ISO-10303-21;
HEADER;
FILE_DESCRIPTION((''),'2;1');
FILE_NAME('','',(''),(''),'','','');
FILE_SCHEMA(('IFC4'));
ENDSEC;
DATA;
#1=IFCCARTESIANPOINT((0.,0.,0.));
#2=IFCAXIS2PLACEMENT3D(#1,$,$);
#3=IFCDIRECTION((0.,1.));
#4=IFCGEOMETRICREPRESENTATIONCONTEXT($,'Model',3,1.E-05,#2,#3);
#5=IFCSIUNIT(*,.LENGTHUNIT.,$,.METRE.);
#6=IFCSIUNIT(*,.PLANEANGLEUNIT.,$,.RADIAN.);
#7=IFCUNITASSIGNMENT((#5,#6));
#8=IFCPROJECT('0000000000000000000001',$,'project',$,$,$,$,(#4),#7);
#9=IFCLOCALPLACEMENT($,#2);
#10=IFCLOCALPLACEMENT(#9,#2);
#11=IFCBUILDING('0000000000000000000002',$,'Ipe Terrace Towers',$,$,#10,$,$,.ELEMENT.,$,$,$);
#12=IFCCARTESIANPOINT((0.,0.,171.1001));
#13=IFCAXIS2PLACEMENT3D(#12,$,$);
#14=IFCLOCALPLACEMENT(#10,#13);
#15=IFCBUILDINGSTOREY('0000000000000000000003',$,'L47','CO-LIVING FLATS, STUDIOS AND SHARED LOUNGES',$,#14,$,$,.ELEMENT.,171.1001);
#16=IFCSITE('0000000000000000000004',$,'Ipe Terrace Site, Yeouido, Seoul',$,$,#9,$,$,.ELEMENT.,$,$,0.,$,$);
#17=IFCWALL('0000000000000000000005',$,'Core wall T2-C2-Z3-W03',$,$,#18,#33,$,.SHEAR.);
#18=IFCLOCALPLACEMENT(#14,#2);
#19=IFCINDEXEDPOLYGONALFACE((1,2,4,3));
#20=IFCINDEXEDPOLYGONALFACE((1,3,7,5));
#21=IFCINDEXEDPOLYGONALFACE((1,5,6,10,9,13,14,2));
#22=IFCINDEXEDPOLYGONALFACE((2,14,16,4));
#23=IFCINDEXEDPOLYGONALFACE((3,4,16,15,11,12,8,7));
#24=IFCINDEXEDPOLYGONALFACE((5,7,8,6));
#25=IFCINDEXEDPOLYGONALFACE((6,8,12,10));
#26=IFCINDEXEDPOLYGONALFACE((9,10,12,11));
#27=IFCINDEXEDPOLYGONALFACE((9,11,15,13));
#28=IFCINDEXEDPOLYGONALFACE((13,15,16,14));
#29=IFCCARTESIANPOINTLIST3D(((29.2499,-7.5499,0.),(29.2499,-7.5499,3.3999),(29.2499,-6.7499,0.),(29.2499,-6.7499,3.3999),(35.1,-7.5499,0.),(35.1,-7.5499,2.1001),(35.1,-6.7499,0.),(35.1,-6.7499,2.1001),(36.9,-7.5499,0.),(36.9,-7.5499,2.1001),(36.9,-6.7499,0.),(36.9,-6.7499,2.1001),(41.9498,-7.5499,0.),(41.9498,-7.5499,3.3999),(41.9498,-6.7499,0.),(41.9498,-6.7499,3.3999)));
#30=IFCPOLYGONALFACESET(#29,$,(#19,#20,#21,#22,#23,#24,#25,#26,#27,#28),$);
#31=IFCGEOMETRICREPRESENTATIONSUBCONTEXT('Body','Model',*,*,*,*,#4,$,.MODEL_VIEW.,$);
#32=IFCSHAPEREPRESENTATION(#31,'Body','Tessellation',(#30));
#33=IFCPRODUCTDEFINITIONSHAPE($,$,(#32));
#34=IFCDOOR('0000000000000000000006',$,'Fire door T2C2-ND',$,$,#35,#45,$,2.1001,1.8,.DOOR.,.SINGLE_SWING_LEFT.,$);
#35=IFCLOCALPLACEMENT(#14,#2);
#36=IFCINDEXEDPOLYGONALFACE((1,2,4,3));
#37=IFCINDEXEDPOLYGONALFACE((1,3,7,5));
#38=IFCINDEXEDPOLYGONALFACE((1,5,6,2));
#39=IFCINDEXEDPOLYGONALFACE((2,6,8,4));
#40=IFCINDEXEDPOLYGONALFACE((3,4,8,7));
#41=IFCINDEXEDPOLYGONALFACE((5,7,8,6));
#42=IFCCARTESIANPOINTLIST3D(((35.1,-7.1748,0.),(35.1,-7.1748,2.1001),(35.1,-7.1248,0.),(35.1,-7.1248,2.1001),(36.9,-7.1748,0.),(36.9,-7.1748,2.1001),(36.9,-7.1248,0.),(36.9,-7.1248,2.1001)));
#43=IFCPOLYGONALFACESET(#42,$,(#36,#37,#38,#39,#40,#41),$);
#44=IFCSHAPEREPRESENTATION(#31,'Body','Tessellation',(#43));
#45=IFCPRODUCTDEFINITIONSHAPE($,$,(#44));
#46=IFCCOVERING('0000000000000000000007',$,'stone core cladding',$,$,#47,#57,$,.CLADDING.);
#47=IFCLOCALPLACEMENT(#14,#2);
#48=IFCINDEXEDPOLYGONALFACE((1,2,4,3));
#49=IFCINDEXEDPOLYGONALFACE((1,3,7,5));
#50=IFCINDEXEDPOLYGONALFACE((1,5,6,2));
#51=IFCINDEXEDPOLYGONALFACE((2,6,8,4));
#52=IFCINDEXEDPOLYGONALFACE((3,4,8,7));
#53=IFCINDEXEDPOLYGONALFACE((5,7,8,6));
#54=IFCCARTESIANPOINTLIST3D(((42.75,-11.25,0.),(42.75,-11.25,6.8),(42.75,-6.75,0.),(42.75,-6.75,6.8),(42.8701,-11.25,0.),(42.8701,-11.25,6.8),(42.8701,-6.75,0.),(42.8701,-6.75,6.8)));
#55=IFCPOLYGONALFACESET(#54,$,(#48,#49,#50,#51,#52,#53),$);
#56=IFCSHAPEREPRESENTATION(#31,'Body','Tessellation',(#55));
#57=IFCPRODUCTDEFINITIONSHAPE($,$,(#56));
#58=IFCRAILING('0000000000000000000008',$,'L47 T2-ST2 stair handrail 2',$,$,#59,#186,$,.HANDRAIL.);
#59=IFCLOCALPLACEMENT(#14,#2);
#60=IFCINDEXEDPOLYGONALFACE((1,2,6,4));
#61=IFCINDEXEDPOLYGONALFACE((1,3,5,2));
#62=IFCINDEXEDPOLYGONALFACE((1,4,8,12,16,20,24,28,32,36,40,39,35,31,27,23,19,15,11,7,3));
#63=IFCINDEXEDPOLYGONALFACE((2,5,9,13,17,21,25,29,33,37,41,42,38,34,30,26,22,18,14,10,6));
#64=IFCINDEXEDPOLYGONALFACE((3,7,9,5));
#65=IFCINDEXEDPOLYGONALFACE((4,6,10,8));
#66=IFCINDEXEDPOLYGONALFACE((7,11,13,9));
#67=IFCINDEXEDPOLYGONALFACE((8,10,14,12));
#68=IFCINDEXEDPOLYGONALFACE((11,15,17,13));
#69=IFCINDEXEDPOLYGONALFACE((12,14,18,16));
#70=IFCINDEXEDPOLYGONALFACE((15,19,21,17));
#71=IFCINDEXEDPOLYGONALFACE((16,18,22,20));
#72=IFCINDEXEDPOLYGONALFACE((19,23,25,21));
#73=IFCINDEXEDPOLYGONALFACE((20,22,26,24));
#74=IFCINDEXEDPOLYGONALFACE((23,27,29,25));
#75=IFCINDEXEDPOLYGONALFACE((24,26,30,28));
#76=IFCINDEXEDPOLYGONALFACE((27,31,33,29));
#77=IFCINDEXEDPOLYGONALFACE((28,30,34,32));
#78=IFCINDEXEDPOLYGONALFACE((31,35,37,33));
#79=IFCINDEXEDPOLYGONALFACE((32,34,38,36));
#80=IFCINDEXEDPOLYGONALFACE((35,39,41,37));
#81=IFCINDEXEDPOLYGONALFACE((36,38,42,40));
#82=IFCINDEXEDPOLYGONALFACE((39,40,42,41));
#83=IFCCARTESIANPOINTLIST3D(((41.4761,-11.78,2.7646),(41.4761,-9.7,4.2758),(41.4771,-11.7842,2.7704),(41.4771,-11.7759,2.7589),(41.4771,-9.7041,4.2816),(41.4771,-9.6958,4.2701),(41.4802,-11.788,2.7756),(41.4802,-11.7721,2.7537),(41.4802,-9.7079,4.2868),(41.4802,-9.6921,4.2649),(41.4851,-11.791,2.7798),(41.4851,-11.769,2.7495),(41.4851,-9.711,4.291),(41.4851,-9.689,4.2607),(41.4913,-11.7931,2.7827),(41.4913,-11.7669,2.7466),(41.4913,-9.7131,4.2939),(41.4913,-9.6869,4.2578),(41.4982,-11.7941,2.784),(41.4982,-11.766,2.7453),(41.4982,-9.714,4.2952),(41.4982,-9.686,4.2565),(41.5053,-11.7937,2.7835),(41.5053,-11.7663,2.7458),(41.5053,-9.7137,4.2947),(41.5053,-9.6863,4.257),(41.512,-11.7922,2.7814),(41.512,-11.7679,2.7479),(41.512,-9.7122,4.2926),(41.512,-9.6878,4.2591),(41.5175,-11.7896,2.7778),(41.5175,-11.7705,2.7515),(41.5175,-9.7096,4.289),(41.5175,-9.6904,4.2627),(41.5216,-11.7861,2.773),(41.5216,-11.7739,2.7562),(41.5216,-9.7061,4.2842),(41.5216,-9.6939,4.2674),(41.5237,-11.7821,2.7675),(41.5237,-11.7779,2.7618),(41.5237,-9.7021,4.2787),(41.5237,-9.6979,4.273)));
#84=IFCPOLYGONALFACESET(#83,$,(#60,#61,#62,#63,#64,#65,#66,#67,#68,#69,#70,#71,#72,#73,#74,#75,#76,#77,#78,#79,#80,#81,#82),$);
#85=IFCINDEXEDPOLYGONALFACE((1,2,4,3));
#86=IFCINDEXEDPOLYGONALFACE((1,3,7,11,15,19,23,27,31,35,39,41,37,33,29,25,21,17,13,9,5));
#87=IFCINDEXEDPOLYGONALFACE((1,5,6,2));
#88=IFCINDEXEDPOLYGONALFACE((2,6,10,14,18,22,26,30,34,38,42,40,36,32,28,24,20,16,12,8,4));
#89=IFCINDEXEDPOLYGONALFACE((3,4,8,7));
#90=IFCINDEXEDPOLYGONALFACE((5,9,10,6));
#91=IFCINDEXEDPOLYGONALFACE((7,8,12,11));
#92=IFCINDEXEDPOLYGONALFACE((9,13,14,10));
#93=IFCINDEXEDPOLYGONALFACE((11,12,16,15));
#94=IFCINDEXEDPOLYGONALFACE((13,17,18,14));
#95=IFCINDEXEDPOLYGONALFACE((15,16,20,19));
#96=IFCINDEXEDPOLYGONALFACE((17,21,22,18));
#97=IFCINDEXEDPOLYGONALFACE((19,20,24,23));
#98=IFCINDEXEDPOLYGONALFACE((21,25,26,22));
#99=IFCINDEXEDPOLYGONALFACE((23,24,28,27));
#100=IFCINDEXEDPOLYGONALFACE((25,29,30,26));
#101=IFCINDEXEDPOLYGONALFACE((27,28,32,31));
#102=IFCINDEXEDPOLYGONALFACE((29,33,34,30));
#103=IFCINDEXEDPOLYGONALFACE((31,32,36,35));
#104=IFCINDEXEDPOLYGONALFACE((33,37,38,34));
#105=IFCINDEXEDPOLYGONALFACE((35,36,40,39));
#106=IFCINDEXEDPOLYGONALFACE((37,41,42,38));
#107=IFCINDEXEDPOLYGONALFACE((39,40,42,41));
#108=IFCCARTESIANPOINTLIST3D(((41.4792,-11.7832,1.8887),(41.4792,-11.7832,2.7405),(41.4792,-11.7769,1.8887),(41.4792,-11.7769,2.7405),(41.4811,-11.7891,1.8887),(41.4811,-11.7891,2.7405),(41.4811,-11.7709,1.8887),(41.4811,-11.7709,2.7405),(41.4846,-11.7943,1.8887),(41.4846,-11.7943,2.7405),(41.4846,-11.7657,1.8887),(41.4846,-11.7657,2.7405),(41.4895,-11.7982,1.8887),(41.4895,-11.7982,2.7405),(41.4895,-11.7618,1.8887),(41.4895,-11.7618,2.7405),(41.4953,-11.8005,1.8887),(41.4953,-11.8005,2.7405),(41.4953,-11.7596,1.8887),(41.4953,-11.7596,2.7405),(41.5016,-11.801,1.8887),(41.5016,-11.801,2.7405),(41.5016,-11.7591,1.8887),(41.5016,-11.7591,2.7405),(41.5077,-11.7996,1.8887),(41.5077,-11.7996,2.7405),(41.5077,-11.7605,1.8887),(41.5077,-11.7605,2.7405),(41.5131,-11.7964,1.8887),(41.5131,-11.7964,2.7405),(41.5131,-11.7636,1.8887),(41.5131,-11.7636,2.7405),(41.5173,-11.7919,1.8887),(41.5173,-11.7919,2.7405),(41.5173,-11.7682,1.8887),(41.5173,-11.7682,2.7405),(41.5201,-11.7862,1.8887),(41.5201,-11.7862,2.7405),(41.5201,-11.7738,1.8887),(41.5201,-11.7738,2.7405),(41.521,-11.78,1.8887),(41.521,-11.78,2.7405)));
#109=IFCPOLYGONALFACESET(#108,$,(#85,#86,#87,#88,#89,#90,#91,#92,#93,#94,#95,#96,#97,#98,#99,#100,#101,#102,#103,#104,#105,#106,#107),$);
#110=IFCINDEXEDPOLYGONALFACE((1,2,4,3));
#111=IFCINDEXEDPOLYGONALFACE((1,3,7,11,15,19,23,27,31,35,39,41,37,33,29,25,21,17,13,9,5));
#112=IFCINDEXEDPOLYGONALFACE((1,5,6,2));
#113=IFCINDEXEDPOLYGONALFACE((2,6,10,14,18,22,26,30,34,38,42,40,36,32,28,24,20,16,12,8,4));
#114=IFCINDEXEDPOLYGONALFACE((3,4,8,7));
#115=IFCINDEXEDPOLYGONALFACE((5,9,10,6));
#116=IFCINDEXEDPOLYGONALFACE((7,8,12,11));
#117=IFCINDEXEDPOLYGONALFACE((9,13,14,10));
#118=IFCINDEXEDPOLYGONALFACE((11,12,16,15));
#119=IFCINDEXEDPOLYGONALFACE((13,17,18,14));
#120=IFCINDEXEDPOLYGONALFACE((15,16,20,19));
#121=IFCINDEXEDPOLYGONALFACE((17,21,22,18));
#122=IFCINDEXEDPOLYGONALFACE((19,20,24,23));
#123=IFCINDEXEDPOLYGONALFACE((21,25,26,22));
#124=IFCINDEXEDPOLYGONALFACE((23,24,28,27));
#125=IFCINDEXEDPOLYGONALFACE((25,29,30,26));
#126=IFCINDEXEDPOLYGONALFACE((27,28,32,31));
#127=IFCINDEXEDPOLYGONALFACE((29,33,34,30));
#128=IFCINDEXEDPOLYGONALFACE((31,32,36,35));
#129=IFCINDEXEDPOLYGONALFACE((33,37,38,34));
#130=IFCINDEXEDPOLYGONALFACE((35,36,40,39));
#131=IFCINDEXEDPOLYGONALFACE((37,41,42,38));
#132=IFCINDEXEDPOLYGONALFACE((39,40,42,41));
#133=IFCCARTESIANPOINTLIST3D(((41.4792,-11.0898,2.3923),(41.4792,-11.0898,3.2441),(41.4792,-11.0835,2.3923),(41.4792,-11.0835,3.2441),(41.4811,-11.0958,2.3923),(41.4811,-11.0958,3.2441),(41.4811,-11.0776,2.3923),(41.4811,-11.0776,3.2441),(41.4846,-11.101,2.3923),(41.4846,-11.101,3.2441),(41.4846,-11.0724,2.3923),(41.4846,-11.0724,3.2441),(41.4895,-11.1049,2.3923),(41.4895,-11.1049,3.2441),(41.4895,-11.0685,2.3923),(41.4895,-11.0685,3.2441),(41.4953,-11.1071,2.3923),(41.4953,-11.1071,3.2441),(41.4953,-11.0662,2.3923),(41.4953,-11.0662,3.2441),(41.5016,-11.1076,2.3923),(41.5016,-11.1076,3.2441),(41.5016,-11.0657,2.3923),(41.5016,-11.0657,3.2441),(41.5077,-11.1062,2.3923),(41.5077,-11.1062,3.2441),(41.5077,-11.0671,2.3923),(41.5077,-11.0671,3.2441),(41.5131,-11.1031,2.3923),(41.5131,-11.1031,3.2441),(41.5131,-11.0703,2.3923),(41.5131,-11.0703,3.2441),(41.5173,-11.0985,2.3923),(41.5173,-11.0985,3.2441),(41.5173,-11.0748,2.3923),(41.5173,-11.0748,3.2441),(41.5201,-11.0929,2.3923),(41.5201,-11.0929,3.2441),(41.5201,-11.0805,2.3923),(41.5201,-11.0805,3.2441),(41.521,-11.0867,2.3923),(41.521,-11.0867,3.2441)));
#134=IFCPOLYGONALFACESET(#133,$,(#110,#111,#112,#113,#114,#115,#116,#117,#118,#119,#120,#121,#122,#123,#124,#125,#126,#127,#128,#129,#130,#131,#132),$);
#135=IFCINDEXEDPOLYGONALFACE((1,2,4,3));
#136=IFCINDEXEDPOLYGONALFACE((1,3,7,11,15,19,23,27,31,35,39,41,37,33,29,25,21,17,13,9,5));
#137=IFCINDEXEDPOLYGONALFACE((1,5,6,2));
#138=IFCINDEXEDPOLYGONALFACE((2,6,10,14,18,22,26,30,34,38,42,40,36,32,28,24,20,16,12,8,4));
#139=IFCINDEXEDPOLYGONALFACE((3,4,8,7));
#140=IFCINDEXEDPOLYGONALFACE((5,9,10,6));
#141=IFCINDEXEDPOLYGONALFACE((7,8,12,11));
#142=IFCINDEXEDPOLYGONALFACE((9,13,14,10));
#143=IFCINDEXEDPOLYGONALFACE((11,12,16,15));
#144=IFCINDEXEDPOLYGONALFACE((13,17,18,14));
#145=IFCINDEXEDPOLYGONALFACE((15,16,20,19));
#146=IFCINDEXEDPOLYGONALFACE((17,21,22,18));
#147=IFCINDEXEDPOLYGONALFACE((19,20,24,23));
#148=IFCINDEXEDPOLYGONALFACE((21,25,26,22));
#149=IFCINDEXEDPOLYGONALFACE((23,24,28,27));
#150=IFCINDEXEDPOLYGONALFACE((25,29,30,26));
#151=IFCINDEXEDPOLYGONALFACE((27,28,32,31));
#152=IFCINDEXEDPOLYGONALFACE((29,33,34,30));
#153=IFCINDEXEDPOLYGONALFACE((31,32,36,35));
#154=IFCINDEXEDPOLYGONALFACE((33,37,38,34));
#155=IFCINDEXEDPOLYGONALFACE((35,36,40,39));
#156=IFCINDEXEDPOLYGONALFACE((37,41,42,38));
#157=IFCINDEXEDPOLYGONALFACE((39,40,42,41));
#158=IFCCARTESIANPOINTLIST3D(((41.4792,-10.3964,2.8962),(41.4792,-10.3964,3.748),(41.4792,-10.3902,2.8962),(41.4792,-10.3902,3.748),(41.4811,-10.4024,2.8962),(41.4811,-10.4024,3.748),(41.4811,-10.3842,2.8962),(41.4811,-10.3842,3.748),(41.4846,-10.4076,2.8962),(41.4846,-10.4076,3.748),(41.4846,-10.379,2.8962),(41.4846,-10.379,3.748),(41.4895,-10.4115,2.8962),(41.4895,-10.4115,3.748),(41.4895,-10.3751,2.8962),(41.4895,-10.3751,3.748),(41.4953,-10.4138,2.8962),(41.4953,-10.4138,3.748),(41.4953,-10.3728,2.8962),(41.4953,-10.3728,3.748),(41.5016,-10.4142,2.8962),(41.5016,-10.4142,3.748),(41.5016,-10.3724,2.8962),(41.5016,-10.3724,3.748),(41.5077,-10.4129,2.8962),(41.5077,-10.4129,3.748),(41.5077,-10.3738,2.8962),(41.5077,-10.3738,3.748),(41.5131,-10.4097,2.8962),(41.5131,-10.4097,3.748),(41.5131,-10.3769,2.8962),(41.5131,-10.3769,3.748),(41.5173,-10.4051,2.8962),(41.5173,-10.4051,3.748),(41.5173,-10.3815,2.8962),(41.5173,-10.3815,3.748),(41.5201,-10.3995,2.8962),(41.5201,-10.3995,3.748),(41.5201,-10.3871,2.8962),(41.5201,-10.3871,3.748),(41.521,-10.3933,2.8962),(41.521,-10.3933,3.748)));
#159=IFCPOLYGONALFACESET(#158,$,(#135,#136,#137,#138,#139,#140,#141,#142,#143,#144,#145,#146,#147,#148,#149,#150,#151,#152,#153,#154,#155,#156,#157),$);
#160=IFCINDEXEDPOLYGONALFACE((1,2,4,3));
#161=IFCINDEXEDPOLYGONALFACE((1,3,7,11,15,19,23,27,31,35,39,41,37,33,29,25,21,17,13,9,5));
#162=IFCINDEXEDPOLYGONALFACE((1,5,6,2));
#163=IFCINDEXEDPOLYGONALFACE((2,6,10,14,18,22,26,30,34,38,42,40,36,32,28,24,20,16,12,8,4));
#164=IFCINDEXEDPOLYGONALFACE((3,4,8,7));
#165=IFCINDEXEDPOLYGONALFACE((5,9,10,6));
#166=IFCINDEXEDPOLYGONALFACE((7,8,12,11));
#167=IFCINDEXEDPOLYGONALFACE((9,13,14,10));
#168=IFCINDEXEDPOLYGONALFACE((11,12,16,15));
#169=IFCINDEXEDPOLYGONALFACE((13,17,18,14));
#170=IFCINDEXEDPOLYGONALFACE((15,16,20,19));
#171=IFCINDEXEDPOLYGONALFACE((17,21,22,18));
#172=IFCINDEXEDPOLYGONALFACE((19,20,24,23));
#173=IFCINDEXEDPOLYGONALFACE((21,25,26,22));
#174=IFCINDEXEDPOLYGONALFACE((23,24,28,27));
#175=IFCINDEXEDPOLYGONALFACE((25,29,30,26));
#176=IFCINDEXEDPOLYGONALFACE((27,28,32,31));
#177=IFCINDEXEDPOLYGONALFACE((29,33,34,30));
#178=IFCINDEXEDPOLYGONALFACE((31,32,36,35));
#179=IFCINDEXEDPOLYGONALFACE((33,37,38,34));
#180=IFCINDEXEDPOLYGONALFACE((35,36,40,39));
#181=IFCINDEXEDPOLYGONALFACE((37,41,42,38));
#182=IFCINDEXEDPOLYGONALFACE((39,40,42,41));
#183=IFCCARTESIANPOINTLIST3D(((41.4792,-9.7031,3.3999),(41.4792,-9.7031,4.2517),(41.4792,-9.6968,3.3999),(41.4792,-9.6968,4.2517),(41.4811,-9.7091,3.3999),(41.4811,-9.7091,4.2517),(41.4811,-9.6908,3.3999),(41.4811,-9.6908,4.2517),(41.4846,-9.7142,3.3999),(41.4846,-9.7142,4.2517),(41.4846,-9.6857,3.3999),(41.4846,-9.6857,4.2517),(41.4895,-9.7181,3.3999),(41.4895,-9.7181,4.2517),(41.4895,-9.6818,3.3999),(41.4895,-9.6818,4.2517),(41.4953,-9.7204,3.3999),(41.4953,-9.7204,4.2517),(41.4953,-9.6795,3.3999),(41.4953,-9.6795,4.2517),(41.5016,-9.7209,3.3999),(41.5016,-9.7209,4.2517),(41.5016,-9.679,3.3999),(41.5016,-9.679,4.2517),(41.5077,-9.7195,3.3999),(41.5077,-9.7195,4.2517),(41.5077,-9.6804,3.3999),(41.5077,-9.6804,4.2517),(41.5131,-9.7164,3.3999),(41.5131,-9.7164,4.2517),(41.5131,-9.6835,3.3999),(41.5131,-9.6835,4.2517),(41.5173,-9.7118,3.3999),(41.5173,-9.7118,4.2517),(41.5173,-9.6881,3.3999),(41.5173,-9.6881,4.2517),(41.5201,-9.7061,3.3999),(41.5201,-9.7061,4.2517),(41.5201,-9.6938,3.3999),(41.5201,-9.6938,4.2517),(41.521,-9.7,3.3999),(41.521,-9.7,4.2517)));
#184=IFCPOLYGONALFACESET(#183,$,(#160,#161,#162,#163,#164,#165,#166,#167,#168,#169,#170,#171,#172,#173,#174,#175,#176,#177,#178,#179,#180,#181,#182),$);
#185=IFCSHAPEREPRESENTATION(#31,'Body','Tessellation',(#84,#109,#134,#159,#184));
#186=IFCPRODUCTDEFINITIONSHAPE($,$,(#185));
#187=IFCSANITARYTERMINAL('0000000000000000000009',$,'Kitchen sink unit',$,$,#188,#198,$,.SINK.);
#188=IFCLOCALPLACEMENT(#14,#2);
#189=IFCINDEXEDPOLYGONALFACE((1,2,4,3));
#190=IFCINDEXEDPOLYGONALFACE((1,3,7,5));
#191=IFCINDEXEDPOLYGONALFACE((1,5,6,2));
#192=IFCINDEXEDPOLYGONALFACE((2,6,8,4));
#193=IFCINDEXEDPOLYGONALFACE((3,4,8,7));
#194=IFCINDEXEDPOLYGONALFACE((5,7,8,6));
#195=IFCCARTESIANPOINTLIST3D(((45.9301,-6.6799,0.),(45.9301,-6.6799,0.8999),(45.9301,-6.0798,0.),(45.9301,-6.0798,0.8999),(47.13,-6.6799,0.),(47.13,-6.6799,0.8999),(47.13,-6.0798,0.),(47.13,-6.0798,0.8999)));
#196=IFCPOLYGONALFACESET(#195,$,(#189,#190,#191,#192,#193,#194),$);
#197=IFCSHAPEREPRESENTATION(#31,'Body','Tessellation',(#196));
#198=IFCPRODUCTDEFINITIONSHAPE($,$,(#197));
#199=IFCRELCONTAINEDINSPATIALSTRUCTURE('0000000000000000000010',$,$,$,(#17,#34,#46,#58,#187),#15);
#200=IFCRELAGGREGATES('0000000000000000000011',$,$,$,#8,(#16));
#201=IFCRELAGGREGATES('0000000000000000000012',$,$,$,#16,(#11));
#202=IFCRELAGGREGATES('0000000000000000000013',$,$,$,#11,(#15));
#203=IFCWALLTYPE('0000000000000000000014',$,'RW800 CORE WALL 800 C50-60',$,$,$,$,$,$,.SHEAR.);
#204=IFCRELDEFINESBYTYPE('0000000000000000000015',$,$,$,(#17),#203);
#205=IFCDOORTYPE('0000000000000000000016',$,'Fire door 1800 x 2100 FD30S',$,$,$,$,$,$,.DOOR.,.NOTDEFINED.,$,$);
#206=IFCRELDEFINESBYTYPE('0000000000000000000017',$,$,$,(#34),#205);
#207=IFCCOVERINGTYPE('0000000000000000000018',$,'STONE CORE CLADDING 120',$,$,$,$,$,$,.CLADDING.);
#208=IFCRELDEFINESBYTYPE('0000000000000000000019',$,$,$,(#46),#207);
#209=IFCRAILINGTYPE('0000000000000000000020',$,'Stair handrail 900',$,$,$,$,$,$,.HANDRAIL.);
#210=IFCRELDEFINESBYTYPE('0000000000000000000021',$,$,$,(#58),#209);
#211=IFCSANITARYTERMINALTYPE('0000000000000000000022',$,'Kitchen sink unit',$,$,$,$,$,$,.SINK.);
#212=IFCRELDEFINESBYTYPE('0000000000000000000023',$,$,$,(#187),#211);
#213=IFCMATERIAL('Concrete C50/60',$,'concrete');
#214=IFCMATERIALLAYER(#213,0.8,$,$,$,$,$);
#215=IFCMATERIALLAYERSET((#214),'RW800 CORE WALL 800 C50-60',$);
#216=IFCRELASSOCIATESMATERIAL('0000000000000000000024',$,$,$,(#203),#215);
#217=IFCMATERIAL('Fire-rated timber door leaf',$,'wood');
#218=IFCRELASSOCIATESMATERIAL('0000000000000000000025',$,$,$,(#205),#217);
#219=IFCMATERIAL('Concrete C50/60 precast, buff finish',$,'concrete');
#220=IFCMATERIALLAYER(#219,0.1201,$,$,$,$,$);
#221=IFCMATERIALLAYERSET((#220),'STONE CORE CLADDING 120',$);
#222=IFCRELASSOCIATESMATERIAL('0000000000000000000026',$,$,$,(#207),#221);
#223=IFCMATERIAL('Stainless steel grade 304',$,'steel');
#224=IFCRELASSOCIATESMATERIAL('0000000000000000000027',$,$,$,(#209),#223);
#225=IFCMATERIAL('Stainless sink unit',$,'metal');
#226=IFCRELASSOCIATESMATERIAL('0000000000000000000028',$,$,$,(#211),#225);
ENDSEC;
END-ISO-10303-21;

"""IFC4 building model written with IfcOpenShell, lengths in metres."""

from ifc_helpers import new_model, si_unit, direction, frame, frame_2d, origin, origin_2d, place, context, subcontext, project, spatial, rectangle, circle, extrude, material, layer, layer_set, type_object, element, fill, save


model = new_model("IFC4")

# Units and contexts
model_context = context("Model", 3, precision=1e-05, world=origin(), true_north=direction((0.0, 1.0)))
body_context = subcontext(model_context, "Body", "Model", "MODEL_VIEW")
ifc_project = project(units=[si_unit("LENGTHUNIT", "METRE"), si_unit("PLANEANGLEUNIT", "RADIAN")], contexts=[model_context])

# Site, building, storey
site_placement = place(None, origin())
site = spatial("IfcSite", under=ifc_project, at=site_placement, Name="Ipe Terrace Site, Yeouido, Seoul", CompositionType="ELEMENT", RefElevation=0.0)
building_placement = place(site_placement, origin())
building = spatial("IfcBuilding", under=site, at=building_placement, Name="Ipe Terrace Towers", CompositionType="ELEMENT")
storey_placement = place(building_placement, frame((0.0, 0.0, 171.1001)))
storey = spatial("IfcBuildingStorey", under=building, at=storey_placement, Name="L47", Description="CO-LIVING FLATS, STUDIOS AND SHARED LOUNGES", CompositionType="ELEMENT", Elevation=171.1001)

# Shared definitions
ifc_material_1 = material(Name="Concrete C50/60", Category="concrete")
ifc_layer_1 = layer(ifc_material_1, 0.8)
ifc_layer_set_1 = layer_set([ifc_layer_1], Name="RW800 CORE WALL 800 C50-60")
wall_type_1 = type_object("IfcWallType", Name="RW800 CORE WALL 800 C50-60", PredefinedType="SHEAR", material=ifc_layer_set_1)

# Wall, opening, door
wall_1_placement = place(storey_placement, frame((41.95, -7.1499, 0.0), z_axis=(0.0, 0.0, 1.0), x_axis=(-1.0, 0.0, 0.0)))
wall_1 = element("IfcWall", 1, at=wall_1_placement, inside=storey, type_object=wall_type_1, Name="Core wall T2-C2-Z3-W03", PredefinedType="SHEAR", context=body_context, shape_type="SweptSolid", body=[
    extrude(rectangle(XDim=12.7, YDim=0.8, at=frame_2d((6.3501, 0.0))), origin(), (0.0, 0.0, 1.0), 3.3999),
])
opening_1_placement = place(wall_1_placement, frame((5.05, 0.0, 0.0)))
opening_1 = element("IfcOpeningElement", 2, at=opening_1_placement, cuts=wall_1, PredefinedType="OPENING", context=body_context, shape_type="SweptSolid", body=[
    extrude(rectangle(XDim=1.8, YDim=2.1001, at=frame_2d((0.8999, 1.05))), frame((0.0, 0.4102, 0.0), z_axis=(0.0, -1.0, 0.0), x_axis=(1.0, 0.0, 0.0)), (0.0, 0.0, 1.0), 0.8201),
])
ifc_material_2 = material(Name="Fire-rated timber door leaf", Category="wood")
door_type_1 = type_object("IfcDoorType", Name="Fire door 1800 x 2100 FD30S", OperationType="NOTDEFINED", PredefinedType="DOOR", material=ifc_material_2)
door_1_placement = place(opening_1_placement, origin())
door_1 = element("IfcDoor", 3, at=door_1_placement, inside=storey, type_object=door_type_1, Name="Fire door T2C2-ND", OperationType="SINGLE_SWING_LEFT", OverallHeight=2.1001, OverallWidth=1.8, PredefinedType="DOOR", context=body_context, shape_type="SweptSolid", body=[
    extrude(rectangle(XDim=1.8, YDim=2.1001, at=frame_2d((0.8999, 1.05))), frame((0.0, 0.0249, 0.0), z_axis=(0.0, -1.0, 0.0), x_axis=(1.0, 0.0, 0.0)), (0.0, 0.0, 1.0), 0.05),
])
fill(opening_1, door_1)

# Covering
ifc_material_3 = material(Name="Concrete C50/60 precast, buff finish", Category="concrete")
ifc_layer_2 = layer(ifc_material_3, 0.1201)
ifc_layer_set_2 = layer_set([ifc_layer_2], Name="STONE CORE CLADDING 120")
covering_type = type_object("IfcCoveringType", Name="STONE CORE CLADDING 120", PredefinedType="CLADDING", material=ifc_layer_set_2)
covering_placement = place(storey_placement, frame((42.8101, -9.0, 0.0), z_axis=(0.0, 0.0, 1.0), x_axis=(0.0, 1.0, 0.0)))
element("IfcCovering", 4, at=covering_placement, inside=storey, type_object=covering_type, Name="stone core cladding", PredefinedType="CLADDING", context=body_context, shape_type="SweptSolid", body=[
    extrude(rectangle(XDim=4.5, YDim=0.1201, at=origin_2d()), origin(), (0.0, 0.0, 1.0), 6.8),
])

# Railing
ifc_material_4 = material(Name="Stainless steel grade 304", Category="steel")
railing_type = type_object("IfcRailingType", Name="Stair handrail 900", PredefinedType="HANDRAIL", material=ifc_material_4)
railing_placement = place(storey_placement, frame((41.5, -11.78, 1.8887)))
element("IfcRailing", 5, at=railing_placement, inside=storey, type_object=railing_type, Name="L47 T2-ST2 stair handrail 2", PredefinedType="HANDRAIL", context=body_context, shape_type="SweptSolid", body=[
    extrude(circle(Radius=0.0239, at=origin_2d()), frame((0.0, 0.0, 0.876), z_axis=(0.0, 0.809023, 0.587776), x_axis=(-1.0, 0.0, 0.0)), (0.0, 0.0, 1.0), 2.571),
    extrude(circle(Radius=0.021, at=origin_2d()), origin(), (0.0, 0.0, 1.0), 0.8518),
    extrude(circle(Radius=0.021, at=origin_2d()), frame((0.0, 0.6934, 0.5037)), (0.0, 0.0, 1.0), 0.8518),
    extrude(circle(Radius=0.021, at=origin_2d()), frame((0.0, 1.3867, 1.0076)), (0.0, 0.0, 1.0), 0.8518),
    extrude(circle(Radius=0.021, at=origin_2d()), frame((0.0, 2.0801, 1.5112)), (0.0, 0.0, 1.0), 0.8518),
])

# Sanitary terminal
ifc_material_5 = material(Name="Stainless sink unit", Category="metal")
sanitary_terminal_type = type_object("IfcSanitaryTerminalType", Name="Kitchen sink unit", PredefinedType="SINK", material=ifc_material_5)
sanitary_terminal_placement = place(storey_placement, frame((46.53, -6.3799, 0.0), z_axis=(0.0, 0.0, 1.0), x_axis=(-1.0, 0.0, 0.0)))
element("IfcSanitaryTerminal", 6, at=sanitary_terminal_placement, inside=storey, type_object=sanitary_terminal_type, Name="Kitchen sink unit", PredefinedType="SINK", context=body_context, shape_type="SweptSolid", body=[
    extrude(rectangle(XDim=1.2, YDim=0.6001, at=origin_2d()), origin(), (0.0, 0.0, 1.0), 0.8999),
])

save(model, "model.ifc")
